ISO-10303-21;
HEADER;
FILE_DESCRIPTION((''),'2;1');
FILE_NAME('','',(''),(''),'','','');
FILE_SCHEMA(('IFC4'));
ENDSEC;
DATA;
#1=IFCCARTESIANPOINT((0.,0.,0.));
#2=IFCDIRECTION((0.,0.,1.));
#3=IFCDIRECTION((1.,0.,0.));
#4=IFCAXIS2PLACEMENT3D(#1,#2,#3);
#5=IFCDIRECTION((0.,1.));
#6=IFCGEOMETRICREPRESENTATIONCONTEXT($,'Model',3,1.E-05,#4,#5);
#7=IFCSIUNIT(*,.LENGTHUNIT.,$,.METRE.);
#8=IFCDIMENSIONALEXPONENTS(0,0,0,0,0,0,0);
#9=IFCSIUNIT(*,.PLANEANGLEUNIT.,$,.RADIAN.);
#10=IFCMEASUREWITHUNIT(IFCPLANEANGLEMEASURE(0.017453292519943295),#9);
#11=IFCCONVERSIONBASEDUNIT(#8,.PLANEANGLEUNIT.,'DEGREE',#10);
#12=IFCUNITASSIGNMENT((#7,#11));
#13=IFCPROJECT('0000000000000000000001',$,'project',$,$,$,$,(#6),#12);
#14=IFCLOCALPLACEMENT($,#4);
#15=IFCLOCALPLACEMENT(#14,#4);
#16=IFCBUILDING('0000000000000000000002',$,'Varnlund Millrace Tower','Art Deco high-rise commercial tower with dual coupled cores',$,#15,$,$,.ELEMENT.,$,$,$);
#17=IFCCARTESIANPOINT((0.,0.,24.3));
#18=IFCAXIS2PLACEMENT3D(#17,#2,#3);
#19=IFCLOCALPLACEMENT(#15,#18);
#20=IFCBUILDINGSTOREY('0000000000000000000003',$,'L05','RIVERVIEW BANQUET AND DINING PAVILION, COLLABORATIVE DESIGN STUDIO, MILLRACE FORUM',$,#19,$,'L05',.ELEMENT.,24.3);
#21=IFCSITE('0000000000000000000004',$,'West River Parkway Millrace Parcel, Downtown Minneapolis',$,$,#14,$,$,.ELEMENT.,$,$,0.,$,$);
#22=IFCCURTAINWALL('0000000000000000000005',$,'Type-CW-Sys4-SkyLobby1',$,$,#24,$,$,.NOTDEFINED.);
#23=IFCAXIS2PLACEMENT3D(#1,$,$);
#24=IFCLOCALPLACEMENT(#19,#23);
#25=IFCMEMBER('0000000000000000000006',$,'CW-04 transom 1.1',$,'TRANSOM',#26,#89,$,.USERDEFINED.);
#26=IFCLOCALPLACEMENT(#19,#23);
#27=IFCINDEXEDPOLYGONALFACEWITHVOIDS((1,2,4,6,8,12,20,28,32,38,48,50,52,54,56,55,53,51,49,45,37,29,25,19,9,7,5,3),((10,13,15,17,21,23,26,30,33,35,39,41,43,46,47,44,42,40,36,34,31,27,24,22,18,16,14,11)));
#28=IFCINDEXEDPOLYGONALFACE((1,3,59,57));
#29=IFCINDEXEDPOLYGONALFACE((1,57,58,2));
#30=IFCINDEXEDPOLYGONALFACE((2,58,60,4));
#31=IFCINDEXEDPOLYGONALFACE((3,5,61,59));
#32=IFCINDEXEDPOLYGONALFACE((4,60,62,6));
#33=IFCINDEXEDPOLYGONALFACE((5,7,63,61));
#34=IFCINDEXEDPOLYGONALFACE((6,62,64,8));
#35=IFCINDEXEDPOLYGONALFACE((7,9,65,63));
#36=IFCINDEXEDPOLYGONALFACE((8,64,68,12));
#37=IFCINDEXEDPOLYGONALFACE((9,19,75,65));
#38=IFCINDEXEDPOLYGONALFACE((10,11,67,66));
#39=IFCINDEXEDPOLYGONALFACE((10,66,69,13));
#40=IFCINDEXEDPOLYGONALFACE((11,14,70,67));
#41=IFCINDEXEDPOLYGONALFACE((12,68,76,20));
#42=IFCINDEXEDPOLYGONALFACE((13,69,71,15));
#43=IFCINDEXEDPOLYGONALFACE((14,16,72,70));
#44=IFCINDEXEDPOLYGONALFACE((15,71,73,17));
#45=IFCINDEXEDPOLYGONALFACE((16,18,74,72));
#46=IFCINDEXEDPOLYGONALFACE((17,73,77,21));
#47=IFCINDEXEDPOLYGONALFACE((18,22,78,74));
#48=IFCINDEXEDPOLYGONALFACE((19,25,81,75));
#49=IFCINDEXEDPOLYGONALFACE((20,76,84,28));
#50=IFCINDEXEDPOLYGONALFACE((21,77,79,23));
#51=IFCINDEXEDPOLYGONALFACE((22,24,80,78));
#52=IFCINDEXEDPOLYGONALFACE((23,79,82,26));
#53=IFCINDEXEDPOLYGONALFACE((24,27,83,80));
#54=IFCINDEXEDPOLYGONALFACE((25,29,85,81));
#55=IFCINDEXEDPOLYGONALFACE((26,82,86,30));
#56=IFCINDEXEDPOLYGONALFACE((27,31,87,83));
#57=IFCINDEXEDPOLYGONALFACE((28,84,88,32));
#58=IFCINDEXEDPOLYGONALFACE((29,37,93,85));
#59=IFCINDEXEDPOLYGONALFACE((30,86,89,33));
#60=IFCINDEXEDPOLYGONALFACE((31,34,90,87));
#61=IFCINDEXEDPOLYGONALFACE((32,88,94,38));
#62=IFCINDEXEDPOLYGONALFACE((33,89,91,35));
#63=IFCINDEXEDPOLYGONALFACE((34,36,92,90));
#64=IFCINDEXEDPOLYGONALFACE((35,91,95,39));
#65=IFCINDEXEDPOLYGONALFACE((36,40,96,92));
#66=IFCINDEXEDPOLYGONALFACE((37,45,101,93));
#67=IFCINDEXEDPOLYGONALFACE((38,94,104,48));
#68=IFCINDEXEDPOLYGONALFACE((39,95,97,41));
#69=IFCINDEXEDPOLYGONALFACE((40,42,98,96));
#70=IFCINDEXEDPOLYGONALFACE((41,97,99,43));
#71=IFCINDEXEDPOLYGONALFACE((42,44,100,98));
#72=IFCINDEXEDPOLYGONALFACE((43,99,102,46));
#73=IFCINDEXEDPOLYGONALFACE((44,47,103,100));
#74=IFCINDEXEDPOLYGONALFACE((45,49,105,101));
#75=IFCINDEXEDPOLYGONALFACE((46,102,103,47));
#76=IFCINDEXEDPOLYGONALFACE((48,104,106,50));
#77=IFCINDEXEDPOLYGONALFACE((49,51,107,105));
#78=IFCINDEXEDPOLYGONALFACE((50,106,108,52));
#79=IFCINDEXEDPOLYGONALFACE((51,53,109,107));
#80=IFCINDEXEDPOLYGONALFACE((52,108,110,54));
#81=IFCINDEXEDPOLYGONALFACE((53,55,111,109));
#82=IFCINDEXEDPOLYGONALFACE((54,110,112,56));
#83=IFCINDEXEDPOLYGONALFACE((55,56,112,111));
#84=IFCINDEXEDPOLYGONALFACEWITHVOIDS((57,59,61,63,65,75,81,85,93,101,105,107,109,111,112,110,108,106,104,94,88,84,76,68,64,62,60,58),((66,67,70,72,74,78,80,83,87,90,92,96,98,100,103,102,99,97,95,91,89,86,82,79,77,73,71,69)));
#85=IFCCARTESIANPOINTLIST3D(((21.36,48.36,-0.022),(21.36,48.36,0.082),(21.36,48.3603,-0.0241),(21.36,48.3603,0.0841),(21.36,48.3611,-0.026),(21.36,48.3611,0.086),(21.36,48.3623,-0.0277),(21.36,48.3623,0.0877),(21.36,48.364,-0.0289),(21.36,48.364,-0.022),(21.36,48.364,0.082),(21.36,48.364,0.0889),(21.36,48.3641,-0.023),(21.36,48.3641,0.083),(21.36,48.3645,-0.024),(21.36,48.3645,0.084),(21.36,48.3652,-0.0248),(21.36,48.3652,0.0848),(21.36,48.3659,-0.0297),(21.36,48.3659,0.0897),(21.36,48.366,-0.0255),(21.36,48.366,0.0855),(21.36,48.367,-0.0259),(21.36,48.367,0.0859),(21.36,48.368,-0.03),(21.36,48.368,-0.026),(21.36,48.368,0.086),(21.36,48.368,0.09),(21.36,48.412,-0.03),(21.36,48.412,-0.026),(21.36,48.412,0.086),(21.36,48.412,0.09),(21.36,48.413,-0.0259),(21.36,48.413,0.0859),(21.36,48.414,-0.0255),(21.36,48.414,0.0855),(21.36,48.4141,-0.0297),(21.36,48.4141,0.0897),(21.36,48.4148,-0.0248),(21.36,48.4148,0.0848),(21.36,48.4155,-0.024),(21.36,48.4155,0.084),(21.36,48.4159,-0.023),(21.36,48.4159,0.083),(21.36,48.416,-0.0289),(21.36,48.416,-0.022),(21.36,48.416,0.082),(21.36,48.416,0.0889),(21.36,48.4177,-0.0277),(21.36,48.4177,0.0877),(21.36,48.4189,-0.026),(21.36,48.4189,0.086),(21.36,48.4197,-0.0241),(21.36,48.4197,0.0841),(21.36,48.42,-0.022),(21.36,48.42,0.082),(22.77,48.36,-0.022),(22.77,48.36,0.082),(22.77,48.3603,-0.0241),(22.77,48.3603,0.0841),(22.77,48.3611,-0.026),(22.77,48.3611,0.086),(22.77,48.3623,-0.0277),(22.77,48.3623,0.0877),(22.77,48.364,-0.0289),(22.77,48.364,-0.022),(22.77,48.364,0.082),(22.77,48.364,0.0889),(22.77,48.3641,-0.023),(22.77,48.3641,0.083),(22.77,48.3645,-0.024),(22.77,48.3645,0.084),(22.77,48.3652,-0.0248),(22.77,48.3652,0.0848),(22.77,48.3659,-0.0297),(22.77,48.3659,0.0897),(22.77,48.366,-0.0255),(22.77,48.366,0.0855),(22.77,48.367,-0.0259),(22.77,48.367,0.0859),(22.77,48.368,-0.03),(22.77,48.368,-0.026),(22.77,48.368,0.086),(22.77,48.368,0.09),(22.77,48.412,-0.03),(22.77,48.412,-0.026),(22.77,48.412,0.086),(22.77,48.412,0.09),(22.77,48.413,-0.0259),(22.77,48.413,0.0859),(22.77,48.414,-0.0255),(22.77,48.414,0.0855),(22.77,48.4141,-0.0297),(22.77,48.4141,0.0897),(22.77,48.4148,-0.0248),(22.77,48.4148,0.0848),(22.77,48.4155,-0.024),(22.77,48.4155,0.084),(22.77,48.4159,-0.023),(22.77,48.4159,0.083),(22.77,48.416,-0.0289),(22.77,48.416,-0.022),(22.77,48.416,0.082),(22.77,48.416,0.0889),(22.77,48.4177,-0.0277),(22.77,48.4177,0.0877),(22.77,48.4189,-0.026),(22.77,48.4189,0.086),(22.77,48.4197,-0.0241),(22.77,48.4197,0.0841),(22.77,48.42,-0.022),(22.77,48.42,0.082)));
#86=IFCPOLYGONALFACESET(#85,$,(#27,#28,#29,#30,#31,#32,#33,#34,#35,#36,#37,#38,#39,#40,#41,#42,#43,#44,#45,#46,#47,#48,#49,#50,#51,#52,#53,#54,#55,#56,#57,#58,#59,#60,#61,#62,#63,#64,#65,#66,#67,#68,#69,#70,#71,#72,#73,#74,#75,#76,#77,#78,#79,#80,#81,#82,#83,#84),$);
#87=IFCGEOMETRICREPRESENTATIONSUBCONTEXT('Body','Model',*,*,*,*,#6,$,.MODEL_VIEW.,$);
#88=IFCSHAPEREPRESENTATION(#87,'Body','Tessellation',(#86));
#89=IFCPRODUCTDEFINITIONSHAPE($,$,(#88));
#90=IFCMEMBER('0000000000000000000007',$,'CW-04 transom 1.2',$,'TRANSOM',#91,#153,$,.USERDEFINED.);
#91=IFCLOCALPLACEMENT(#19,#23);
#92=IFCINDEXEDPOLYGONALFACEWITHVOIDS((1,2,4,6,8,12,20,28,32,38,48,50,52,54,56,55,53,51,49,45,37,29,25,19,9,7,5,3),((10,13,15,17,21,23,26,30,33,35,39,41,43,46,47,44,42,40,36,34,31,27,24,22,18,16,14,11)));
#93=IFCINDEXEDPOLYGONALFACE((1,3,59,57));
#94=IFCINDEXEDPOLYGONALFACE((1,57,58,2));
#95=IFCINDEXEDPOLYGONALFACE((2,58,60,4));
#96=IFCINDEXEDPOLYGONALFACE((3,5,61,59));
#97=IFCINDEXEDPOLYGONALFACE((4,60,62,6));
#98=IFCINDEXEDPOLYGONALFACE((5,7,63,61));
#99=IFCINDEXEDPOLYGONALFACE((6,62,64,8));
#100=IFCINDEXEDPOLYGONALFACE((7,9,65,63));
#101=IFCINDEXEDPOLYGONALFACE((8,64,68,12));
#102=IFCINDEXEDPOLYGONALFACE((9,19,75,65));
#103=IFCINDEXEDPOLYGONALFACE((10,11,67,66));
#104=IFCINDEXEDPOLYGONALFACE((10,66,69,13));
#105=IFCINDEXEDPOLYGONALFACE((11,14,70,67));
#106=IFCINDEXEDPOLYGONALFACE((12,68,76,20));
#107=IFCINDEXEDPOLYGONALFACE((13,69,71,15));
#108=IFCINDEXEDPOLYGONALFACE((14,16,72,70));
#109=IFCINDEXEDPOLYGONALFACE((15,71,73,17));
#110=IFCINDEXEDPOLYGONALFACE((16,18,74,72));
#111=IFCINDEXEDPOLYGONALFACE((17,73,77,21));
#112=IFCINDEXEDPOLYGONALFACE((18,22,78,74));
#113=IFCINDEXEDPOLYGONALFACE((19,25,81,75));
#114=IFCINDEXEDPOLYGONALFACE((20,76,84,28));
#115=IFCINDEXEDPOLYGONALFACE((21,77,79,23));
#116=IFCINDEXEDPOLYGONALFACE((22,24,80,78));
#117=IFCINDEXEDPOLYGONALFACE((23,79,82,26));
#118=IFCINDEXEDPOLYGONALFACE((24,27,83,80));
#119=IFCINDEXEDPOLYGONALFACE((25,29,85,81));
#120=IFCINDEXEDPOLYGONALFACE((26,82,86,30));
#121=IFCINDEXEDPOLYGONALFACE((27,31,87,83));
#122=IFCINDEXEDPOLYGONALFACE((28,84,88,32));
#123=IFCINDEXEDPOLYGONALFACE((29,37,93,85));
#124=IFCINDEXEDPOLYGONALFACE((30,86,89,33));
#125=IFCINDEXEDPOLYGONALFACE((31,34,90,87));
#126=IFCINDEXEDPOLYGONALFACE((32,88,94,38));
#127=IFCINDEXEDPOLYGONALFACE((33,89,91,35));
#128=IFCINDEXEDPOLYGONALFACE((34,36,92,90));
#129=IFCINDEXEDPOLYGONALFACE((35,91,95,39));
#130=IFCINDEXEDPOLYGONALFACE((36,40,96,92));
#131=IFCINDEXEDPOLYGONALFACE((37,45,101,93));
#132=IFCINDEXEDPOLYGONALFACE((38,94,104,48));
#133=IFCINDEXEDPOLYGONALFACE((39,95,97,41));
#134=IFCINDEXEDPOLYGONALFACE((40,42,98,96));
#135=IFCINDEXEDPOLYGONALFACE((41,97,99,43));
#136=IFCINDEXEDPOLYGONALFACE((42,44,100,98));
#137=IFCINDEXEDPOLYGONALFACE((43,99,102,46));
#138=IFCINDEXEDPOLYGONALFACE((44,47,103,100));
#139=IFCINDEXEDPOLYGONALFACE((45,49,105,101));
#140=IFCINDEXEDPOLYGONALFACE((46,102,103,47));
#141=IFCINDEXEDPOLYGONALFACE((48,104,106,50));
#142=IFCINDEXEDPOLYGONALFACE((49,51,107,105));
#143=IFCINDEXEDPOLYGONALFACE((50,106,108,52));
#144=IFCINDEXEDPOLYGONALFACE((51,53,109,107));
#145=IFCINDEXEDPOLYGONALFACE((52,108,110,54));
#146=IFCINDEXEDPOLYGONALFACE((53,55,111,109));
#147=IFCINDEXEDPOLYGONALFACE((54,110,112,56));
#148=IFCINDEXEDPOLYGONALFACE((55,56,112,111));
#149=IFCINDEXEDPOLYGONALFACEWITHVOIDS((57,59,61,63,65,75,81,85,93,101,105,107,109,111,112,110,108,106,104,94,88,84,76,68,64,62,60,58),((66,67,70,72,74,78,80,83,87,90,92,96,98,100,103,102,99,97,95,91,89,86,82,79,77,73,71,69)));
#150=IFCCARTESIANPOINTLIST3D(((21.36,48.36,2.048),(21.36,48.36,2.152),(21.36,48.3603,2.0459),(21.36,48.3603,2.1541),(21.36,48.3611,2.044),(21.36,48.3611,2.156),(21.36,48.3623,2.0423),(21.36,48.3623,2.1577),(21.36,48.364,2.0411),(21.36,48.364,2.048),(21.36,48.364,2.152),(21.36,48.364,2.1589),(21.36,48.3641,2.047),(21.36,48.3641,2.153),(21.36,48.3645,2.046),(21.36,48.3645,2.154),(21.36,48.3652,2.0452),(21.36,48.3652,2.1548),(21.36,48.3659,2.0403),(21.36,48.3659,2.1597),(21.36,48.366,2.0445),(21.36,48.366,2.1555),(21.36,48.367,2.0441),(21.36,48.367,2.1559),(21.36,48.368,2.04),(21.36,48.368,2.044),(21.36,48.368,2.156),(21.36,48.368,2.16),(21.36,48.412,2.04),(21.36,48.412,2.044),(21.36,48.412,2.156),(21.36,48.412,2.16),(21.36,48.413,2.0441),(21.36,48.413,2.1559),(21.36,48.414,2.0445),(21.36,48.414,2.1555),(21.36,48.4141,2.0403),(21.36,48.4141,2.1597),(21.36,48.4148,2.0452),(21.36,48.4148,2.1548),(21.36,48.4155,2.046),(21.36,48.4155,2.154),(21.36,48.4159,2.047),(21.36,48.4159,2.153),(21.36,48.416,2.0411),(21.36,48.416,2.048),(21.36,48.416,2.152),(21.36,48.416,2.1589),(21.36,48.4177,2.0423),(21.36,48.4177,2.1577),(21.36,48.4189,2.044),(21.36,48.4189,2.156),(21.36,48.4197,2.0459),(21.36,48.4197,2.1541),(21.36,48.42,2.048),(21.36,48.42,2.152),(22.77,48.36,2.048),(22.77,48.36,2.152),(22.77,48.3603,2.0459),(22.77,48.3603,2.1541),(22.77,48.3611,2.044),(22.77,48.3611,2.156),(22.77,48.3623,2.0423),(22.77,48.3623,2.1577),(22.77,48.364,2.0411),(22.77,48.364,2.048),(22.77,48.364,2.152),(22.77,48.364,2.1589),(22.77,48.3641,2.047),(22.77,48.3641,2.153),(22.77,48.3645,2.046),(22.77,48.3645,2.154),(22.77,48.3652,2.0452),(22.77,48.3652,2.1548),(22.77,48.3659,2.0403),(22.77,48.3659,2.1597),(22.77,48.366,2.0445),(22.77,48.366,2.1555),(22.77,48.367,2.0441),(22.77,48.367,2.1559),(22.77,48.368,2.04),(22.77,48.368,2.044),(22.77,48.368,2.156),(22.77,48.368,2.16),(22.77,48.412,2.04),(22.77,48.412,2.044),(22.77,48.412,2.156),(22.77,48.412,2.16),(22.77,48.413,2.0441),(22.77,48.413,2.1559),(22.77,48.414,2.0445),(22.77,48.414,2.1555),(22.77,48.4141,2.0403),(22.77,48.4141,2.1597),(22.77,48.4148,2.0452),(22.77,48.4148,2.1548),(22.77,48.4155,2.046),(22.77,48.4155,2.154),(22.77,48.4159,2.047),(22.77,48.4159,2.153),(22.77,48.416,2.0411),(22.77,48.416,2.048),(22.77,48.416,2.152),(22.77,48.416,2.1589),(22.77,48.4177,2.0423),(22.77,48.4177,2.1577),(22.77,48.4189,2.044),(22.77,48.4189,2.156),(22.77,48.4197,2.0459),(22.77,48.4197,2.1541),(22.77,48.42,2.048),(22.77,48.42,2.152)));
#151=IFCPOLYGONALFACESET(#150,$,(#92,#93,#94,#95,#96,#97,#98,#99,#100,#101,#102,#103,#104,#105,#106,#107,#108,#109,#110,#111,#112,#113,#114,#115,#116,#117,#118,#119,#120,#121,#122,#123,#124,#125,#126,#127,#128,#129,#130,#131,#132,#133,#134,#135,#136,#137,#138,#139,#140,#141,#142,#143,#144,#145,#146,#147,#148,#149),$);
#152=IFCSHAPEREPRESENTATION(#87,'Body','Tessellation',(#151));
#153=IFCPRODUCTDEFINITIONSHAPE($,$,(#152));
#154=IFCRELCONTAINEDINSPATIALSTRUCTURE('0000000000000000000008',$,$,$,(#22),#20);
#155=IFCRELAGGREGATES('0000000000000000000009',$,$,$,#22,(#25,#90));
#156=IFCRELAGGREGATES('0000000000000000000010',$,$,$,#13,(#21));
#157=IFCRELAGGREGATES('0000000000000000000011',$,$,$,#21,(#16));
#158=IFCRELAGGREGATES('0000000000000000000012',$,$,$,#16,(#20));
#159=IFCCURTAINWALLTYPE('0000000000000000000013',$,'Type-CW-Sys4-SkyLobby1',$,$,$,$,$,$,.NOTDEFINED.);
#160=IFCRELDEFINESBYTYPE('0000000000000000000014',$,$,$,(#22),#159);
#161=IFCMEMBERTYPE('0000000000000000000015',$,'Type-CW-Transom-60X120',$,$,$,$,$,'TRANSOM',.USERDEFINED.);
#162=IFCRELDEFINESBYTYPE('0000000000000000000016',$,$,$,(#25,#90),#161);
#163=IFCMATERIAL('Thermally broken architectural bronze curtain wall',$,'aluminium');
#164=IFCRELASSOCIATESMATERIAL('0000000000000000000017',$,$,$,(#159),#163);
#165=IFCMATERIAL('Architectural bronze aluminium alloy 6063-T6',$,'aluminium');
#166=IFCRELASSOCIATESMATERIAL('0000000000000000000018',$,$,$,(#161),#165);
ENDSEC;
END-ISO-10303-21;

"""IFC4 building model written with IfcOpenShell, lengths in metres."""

from ifc_helpers import new_model, entity, si_unit, converted_unit, direction, frame, origin_with_axes, origin_2d_with_axis, place, context, subcontext, project, spatial, hollow_rectangle, extrude, material, material_profile, profile_set, type_object, element, aggregate, save


model = new_model("IFC4")

# Units and contexts
model_context = context("Model", 3, precision=1e-05, world=origin_with_axes(), true_north=direction((0.0, 1.0)))
body_context = subcontext(model_context, "Body", "Model", "MODEL_VIEW")
ifc_project = project(units=[si_unit("LENGTHUNIT", "METRE"), converted_unit("PLANEANGLEUNIT", "DEGREE", entity("IfcPlaneAngleMeasure", 0.017453292519943295), si_unit("PLANEANGLEUNIT", "RADIAN"), dimensions=[0, 0, 0, 0, 0, 0, 0])], contexts=[model_context])

# Site, building, storey
site_placement = place(None, origin_with_axes())
site = spatial("IfcSite", under=ifc_project, at=site_placement, Name="West River Parkway Millrace Parcel, Downtown Minneapolis", CompositionType="ELEMENT", RefElevation=0.0)
building_placement = place(site_placement, origin_with_axes())
building = spatial("IfcBuilding", under=site, at=building_placement, Name="Varnlund Millrace Tower", Description="Art Deco high-rise commercial tower with dual coupled cores", CompositionType="ELEMENT")
storey_placement = place(building_placement, frame((0.0, 0.0, 24.3), z_axis=(0.0, 0.0, 1.0), x_axis=(1.0, 0.0, 0.0)))
storey = spatial("IfcBuildingStorey", under=building, at=storey_placement, Name="L05", Description="RIVERVIEW BANQUET AND DINING PAVILION, COLLABORATIVE DESIGN STUDIO, MILLRACE FORUM", LongName="L05", CompositionType="ELEMENT", Elevation=24.3)

# Curtain wall, members
ifc_material_1 = material(Name="Thermally broken architectural bronze curtain wall", Category="aluminium")
curtain_wall_type = type_object("IfcCurtainWallType", Name="Type-CW-Sys4-SkyLobby1", PredefinedType="NOTDEFINED", material=ifc_material_1)
curtain_wall_placement = place(storey_placement, frame((21.3, 48.39, 0.0), z_axis=(0.0, 0.0, 1.0), x_axis=(1.0, 0.0, 0.0)))
curtain_wall = element("IfcCurtainWall", 1, at=curtain_wall_placement, inside=storey, type_object=curtain_wall_type, Name="Type-CW-Sys4-SkyLobby1", PredefinedType="NOTDEFINED")
ifc_material_2 = material(Name="Architectural bronze aluminium alloy 6063-T6", Category="aluminium")
ifc_material_profile_1 = material_profile(ifc_material_2, hollow_rectangle(XDim=0.06, YDim=0.12, WallThickness=0.004, InnerFilletRadius=0.004, OuterFilletRadius=0.008, at=origin_2d_with_axis()), Name="Architectural bronze aluminium alloy 6063-T6")
ifc_profile_set_1 = profile_set([ifc_material_profile_1], Name="Architectural bronze aluminium alloy 6063-T6")
member_type_1 = type_object("IfcMemberType", Name="Type-CW-Transom-60X120", ElementType="TRANSOM", PredefinedType="USERDEFINED", material=ifc_profile_set_1)
member_1_placement = place(storey_placement, frame((21.36, 48.39, 0.03), z_axis=(1.0, 0.0, 0.0), x_axis=(0.0, 1.0, 0.0)))
member_1 = element("IfcMember", 2, at=member_1_placement, type_object=member_type_1, Name="CW-04 transom 1.1", ObjectType="TRANSOM", PredefinedType="USERDEFINED", context=body_context, shape_type="SweptSolid", body=[
    extrude(hollow_rectangle(XDim=0.06, YDim=0.12, WallThickness=0.004, InnerFilletRadius=0.004, OuterFilletRadius=0.008, at=origin_2d_with_axis()), origin_with_axes(), (0.0, 0.0, 1.0), 1.41),
])
member_2_placement = place(storey_placement, frame((21.36, 48.39, 2.1), z_axis=(1.0, 0.0, 0.0), x_axis=(0.0, 1.0, 0.0)))
member_2 = element("IfcMember", 3, at=member_2_placement, type_object=member_type_1, Name="CW-04 transom 1.2", ObjectType="TRANSOM", PredefinedType="USERDEFINED", context=body_context, shape_type="SweptSolid", body=[
    extrude(hollow_rectangle(XDim=0.06, YDim=0.12, WallThickness=0.004, InnerFilletRadius=0.004, OuterFilletRadius=0.008, at=origin_2d_with_axis()), origin_with_axes(), (0.0, 0.0, 1.0), 1.41),
])

aggregate(curtain_wall, [member_1, member_2])

save(model, "model.ifc")
